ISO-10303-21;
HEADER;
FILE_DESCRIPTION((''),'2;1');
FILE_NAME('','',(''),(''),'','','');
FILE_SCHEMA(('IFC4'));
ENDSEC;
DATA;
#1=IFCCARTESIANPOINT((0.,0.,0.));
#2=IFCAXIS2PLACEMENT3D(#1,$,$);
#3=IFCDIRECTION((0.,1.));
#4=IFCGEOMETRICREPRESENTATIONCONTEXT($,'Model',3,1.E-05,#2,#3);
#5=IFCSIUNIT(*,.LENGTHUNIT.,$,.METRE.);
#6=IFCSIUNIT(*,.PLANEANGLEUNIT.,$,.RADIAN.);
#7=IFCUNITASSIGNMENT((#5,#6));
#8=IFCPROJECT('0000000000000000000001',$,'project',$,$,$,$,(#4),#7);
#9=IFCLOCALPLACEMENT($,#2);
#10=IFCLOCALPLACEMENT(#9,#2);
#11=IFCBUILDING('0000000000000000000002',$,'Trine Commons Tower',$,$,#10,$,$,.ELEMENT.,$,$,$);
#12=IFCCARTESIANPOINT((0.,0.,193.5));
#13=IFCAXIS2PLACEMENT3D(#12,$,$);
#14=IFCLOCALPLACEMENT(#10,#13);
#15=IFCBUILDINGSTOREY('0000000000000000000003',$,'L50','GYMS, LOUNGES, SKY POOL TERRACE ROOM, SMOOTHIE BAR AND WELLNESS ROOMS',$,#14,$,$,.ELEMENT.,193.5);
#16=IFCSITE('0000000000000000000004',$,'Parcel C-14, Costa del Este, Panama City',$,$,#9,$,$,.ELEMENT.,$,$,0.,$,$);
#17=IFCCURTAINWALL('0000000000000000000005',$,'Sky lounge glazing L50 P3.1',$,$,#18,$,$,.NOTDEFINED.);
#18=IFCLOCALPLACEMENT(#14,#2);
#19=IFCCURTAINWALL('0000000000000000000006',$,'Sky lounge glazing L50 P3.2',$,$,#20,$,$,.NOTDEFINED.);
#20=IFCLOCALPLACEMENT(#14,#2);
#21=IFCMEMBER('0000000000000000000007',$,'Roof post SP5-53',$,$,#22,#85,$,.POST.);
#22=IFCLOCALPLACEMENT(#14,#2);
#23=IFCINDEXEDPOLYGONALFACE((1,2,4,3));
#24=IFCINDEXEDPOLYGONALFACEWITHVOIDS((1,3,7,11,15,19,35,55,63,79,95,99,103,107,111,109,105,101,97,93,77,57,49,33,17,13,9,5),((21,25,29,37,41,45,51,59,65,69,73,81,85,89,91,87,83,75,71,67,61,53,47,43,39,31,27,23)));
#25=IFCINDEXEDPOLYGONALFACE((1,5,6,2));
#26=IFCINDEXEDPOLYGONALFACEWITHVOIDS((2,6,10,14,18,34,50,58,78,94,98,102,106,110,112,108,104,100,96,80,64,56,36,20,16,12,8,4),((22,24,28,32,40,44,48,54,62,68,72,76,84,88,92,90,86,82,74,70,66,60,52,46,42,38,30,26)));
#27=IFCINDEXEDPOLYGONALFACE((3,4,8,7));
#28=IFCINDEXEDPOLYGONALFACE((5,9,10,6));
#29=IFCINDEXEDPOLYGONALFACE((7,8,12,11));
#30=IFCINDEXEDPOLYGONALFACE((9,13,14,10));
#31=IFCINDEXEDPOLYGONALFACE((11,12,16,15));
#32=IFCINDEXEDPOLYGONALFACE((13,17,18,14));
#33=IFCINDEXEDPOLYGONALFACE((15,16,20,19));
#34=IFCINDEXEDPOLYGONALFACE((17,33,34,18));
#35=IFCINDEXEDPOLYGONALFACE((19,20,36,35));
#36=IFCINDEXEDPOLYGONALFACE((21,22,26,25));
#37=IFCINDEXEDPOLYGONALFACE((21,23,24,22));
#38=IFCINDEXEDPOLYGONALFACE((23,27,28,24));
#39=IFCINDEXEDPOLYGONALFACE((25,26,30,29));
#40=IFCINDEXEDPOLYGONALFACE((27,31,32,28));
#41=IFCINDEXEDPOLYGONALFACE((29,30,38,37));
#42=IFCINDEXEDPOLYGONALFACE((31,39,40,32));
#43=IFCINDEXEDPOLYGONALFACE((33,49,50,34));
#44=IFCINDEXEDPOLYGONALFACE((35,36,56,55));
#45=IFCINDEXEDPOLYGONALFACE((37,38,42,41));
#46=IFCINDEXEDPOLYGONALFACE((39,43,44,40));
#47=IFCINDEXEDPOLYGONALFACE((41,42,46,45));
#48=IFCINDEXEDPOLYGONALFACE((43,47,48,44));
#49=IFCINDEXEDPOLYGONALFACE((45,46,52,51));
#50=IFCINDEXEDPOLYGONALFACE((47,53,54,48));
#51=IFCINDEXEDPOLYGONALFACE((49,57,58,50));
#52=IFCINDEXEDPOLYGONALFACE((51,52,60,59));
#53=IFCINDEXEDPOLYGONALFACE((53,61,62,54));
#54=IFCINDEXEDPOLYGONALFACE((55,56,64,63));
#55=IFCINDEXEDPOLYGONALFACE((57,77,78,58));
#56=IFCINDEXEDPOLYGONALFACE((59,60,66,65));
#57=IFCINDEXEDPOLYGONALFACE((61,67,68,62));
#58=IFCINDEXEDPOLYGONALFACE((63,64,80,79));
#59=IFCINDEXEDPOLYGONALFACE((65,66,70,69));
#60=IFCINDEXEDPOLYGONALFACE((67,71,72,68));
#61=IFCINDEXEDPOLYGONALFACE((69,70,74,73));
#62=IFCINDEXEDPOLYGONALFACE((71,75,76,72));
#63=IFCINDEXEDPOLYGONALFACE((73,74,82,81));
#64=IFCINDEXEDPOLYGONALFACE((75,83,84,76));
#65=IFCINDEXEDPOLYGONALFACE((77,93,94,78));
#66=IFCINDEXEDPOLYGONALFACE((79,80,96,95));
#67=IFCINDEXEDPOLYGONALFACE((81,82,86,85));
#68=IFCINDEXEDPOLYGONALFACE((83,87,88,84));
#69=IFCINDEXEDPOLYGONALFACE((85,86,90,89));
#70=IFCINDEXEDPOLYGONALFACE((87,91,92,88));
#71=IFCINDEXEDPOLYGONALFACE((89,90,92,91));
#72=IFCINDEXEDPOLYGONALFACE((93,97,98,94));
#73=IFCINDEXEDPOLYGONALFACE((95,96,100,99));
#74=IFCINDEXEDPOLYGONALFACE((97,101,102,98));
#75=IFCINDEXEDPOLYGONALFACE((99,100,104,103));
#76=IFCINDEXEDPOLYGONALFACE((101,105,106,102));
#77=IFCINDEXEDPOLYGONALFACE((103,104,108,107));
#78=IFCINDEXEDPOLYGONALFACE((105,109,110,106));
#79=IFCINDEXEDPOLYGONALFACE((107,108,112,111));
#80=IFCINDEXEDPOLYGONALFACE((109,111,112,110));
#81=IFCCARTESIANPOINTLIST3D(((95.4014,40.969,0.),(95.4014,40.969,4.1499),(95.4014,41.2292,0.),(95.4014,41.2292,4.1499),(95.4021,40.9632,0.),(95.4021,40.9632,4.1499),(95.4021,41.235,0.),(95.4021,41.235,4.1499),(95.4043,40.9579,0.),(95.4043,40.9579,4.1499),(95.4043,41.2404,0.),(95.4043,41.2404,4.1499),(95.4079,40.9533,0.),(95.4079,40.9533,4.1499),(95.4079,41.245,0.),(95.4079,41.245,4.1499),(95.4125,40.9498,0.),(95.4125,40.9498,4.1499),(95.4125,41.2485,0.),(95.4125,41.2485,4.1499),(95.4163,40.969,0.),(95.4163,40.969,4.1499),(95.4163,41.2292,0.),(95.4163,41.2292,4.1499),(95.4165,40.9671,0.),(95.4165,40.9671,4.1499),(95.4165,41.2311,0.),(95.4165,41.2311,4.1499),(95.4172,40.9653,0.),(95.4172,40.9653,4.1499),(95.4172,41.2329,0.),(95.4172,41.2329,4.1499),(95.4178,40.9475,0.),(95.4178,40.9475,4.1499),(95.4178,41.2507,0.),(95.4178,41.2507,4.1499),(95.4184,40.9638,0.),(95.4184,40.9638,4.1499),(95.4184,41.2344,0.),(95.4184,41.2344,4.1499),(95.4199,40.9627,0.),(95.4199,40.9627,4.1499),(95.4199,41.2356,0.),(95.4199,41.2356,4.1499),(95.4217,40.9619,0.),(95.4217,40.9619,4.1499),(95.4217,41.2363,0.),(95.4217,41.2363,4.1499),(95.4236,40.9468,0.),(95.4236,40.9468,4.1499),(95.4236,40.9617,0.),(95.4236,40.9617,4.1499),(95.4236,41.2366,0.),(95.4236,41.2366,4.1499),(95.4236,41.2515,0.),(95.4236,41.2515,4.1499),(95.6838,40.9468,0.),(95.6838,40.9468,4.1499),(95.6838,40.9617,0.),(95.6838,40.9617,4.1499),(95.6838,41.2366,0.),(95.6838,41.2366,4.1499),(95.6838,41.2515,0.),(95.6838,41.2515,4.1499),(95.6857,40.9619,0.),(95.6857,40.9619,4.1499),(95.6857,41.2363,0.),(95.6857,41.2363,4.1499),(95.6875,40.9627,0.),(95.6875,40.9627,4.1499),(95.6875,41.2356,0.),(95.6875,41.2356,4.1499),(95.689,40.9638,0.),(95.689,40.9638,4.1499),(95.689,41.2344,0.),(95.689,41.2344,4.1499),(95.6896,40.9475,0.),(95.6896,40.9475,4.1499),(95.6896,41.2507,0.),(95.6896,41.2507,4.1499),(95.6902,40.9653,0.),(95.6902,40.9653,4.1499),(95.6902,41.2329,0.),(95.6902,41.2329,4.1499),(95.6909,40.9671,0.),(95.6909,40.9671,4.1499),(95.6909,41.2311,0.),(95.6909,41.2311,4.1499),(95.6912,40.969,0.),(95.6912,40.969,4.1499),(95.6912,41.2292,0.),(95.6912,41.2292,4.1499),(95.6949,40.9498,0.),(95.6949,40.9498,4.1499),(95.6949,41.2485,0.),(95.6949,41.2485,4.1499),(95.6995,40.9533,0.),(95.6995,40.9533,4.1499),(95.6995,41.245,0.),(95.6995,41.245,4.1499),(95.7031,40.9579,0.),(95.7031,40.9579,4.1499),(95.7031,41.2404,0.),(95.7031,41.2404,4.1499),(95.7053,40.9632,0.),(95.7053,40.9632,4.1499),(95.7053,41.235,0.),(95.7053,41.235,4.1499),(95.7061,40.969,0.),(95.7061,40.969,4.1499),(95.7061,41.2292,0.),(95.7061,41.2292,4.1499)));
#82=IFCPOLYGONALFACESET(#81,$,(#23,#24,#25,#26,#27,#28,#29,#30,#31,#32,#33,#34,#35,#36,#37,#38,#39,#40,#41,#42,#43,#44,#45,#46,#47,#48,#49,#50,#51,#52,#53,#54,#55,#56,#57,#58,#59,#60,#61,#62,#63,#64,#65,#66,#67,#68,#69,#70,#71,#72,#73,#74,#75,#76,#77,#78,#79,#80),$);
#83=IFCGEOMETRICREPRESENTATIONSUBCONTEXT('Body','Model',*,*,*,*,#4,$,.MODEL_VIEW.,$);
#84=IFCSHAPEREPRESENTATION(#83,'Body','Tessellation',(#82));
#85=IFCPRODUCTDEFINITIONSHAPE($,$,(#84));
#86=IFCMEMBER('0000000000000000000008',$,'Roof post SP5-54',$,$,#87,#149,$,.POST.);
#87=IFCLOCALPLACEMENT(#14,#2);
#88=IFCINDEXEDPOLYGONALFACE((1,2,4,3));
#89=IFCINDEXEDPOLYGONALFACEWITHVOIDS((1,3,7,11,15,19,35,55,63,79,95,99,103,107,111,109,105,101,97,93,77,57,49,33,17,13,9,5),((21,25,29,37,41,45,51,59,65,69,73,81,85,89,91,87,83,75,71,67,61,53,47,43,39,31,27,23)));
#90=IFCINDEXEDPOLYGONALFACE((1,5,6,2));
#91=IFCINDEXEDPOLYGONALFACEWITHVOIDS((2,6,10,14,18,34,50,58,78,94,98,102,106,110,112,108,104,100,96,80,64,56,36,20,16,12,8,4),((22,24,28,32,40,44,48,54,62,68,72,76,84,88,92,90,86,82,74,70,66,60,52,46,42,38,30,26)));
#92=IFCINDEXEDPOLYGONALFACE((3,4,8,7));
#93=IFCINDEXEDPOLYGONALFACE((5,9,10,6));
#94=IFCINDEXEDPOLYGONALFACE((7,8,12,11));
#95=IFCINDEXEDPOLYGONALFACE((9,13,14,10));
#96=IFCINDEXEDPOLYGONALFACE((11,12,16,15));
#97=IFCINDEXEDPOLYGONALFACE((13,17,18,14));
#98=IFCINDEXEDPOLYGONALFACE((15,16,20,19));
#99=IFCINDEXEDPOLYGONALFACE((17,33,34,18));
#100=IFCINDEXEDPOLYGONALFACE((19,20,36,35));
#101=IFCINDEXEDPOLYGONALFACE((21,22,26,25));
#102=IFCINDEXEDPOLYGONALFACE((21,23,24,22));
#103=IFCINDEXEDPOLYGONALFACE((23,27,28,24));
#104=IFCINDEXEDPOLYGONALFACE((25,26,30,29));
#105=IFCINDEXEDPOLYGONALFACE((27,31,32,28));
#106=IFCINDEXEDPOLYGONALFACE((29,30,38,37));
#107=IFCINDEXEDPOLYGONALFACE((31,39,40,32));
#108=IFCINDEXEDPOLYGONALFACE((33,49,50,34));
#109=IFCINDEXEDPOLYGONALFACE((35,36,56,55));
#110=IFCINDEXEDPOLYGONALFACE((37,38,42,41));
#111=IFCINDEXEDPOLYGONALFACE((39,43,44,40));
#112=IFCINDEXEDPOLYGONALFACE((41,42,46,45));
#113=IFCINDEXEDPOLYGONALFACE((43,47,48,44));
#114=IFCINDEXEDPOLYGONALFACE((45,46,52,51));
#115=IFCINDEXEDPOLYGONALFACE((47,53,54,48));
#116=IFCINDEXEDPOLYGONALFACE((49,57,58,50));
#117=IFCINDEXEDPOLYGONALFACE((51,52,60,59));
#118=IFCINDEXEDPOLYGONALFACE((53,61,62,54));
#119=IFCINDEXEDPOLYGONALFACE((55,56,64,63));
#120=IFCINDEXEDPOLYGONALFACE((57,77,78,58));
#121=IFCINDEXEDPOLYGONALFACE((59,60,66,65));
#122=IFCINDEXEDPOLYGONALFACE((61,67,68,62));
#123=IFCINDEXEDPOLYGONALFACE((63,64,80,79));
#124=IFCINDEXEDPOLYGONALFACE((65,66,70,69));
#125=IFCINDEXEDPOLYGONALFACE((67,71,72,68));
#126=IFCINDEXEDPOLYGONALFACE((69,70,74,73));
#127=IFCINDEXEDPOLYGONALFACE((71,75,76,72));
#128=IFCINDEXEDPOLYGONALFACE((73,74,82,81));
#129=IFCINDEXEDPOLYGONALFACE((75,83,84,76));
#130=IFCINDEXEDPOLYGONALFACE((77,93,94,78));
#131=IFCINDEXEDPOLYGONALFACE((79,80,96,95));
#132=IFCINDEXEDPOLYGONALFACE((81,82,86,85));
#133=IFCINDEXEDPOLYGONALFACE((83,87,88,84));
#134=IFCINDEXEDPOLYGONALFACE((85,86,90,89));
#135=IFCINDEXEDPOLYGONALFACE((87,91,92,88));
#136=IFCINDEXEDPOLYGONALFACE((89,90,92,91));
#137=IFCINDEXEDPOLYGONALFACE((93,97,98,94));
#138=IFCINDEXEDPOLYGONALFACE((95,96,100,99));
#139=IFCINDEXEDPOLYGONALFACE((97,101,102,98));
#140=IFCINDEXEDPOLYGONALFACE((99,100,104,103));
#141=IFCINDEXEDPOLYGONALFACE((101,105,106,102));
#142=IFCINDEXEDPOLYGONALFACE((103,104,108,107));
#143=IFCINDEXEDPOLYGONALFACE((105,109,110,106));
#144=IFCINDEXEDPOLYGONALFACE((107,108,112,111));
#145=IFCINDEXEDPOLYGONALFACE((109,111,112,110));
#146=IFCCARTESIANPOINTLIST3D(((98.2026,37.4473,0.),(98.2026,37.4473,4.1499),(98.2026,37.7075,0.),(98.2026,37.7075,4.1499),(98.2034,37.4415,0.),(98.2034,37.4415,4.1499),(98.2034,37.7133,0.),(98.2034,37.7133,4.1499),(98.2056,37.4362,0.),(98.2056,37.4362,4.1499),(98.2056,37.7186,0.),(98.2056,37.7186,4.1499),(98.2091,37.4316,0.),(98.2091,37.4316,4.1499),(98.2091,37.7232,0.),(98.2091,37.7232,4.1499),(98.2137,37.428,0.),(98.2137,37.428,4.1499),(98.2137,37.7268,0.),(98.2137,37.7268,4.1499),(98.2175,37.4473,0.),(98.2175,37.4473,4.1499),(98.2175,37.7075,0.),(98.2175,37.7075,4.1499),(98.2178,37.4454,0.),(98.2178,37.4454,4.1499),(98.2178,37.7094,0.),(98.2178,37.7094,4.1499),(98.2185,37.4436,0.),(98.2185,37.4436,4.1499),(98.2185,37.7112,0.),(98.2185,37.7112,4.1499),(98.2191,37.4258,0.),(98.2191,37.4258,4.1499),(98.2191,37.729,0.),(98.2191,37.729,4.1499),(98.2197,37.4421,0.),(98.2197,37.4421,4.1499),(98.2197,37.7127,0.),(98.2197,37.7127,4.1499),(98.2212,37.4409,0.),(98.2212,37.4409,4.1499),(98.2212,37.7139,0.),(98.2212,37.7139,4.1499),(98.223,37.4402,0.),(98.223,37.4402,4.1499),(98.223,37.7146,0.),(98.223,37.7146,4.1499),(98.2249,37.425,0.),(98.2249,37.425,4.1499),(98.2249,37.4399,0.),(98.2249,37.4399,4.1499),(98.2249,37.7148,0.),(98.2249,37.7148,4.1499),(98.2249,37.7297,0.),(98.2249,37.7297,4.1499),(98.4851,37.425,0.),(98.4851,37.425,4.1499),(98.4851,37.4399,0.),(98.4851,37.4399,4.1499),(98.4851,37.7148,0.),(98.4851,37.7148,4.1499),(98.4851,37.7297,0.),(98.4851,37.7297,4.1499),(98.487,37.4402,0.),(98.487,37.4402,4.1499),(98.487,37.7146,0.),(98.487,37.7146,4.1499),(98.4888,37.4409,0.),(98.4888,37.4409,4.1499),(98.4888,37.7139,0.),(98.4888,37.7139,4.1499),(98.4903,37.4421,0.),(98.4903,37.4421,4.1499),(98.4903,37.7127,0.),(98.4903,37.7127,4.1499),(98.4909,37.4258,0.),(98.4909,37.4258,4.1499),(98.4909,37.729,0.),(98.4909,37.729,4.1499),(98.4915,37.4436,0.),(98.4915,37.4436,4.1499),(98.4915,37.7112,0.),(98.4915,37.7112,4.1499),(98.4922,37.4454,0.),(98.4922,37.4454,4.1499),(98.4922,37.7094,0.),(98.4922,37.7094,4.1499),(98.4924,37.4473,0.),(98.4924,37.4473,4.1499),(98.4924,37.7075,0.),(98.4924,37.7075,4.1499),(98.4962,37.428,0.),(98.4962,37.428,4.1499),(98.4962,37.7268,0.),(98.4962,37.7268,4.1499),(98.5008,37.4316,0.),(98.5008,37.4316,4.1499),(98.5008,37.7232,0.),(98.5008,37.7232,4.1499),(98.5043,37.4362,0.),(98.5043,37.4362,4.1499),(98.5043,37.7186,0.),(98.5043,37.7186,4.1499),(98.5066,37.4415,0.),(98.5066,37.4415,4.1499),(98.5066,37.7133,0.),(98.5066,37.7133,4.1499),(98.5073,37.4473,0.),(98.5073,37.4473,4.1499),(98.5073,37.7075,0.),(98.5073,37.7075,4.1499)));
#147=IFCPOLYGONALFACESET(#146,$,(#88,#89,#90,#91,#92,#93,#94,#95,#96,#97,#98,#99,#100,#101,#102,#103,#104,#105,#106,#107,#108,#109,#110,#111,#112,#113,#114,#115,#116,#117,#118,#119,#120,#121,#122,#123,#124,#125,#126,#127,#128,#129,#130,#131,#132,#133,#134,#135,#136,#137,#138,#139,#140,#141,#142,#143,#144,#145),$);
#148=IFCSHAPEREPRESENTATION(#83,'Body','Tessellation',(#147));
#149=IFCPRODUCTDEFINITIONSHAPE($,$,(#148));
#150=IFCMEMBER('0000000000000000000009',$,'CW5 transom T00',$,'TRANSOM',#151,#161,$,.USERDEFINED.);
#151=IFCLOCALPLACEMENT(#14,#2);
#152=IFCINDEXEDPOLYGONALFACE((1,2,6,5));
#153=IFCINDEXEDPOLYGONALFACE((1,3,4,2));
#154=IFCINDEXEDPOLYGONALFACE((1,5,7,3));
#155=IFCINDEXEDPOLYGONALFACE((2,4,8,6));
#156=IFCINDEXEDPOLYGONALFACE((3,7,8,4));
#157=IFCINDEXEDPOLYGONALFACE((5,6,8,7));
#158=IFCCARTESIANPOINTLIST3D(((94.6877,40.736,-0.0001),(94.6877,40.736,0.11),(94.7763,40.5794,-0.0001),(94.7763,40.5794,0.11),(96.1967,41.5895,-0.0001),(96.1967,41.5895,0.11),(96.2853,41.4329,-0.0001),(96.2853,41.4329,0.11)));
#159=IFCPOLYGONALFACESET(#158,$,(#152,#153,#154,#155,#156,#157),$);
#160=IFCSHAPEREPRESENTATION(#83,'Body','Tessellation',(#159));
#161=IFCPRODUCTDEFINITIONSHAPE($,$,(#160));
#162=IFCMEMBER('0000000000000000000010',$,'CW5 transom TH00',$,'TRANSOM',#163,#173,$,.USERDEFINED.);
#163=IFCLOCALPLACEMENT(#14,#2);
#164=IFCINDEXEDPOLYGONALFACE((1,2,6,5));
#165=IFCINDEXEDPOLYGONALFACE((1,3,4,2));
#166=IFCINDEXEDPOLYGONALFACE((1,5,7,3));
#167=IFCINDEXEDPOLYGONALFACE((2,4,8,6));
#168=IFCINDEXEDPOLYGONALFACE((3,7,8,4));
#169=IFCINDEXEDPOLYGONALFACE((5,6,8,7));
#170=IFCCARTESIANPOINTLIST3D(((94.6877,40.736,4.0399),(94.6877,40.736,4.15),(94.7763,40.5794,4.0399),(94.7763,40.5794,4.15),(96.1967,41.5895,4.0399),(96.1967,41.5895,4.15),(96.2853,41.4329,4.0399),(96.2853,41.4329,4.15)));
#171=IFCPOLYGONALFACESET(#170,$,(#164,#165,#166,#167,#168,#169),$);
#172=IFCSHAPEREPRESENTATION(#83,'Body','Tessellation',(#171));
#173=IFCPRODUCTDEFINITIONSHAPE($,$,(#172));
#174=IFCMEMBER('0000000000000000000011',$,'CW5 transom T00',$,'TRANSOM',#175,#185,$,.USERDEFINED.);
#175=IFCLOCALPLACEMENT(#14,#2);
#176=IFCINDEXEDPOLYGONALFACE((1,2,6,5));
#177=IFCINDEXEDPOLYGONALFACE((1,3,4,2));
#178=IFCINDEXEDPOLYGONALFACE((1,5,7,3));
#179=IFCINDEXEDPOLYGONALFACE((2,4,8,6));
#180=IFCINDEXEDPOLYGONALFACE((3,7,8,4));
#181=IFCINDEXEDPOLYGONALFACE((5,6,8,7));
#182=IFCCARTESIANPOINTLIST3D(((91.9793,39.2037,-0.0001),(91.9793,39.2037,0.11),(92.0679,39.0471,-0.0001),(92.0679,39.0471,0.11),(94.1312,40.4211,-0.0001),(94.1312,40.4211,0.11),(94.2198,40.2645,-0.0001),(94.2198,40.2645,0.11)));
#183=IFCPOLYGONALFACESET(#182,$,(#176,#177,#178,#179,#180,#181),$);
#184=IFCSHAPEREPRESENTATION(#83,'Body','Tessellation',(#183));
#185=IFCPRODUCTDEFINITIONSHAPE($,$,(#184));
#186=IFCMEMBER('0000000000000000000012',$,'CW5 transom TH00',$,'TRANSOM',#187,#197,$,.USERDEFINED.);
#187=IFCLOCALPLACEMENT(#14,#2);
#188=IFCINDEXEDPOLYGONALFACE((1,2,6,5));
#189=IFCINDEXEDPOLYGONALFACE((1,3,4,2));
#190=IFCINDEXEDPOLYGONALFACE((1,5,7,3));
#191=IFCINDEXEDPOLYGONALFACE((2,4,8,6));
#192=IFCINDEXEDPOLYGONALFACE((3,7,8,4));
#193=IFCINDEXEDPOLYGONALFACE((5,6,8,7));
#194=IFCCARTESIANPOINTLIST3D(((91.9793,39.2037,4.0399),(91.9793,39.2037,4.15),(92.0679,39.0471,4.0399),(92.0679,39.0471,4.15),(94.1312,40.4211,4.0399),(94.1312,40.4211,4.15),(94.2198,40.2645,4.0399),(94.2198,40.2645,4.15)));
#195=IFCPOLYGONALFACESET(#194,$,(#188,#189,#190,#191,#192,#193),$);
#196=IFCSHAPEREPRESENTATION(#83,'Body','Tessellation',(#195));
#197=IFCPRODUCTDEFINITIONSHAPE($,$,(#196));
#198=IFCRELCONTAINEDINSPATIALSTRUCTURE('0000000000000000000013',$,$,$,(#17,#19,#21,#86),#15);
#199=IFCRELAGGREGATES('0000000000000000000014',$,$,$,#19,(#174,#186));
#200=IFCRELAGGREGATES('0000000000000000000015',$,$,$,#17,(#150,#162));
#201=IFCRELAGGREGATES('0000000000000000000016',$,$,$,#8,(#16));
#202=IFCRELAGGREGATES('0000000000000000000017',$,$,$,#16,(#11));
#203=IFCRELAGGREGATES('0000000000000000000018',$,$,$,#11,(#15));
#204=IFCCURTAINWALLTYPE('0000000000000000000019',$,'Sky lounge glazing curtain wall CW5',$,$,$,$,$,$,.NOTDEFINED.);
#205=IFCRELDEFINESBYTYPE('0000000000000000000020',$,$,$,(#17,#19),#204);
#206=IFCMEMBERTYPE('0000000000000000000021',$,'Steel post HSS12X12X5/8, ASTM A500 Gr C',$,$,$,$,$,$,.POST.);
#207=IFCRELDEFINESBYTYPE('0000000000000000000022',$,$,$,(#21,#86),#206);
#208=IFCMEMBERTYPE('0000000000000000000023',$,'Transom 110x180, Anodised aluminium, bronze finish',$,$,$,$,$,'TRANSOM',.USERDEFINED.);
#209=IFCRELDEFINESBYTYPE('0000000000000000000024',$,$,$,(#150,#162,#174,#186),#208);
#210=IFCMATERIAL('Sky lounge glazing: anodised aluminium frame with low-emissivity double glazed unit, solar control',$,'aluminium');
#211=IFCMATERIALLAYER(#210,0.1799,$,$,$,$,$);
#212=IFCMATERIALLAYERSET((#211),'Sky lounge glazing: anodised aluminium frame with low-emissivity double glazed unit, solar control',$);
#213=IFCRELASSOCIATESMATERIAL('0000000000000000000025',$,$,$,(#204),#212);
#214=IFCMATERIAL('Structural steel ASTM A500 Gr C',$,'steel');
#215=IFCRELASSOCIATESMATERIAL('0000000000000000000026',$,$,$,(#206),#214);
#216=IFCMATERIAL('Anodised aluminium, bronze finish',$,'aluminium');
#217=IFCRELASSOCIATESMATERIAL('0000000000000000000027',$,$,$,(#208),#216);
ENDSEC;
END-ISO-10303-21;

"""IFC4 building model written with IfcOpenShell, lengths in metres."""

from ifc_helpers import new_model, si_unit, direction, frame, origin, origin_2d, place, context, subcontext, project, spatial, rectangle, hollow_rectangle, extrude, material, layer, layer_set, material_profile, profile_set, type_object, element, aggregate, save


model = new_model("IFC4")

# Units and contexts
model_context = context("Model", 3, precision=1e-05, world=origin(), true_north=direction((0.0, 1.0)))
body_context = subcontext(model_context, "Body", "Model", "MODEL_VIEW")
ifc_project = project(units=[si_unit("LENGTHUNIT", "METRE"), si_unit("PLANEANGLEUNIT", "RADIAN")], contexts=[model_context])

# Site, building, storey
site_placement = place(None, origin())
site = spatial("IfcSite", under=ifc_project, at=site_placement, Name="Parcel C-14, Costa del Este, Panama City", CompositionType="ELEMENT", RefElevation=0.0)
building_placement = place(site_placement, origin())
building = spatial("IfcBuilding", under=site, at=building_placement, Name="Trine Commons Tower", CompositionType="ELEMENT")
storey_placement = place(building_placement, frame((0.0, 0.0, 193.5)))
storey = spatial("IfcBuildingStorey", under=building, at=storey_placement, Name="L50", Description="GYMS, LOUNGES, SKY POOL TERRACE ROOM, SMOOTHIE BAR AND WELLNESS ROOMS", CompositionType="ELEMENT", Elevation=193.5)

# Shared definitions
ifc_material_1 = material(Name="Sky lounge glazing: anodised aluminium frame with low-emissivity double glazed unit, solar control", Category="aluminium")
ifc_layer_1 = layer(ifc_material_1, 0.1799)
ifc_layer_set_1 = layer_set([ifc_layer_1], Name="Sky lounge glazing: anodised aluminium frame with low-emissivity double glazed unit, solar control")
curtain_wall_type = type_object("IfcCurtainWallType", Name="Sky lounge glazing curtain wall CW5", PredefinedType="NOTDEFINED", material=ifc_layer_set_1)
ifc_material_2 = material(Name="Anodised aluminium, bronze finish", Category="aluminium")

# Curtain wall
curtain_wall_1_placement = place(storey_placement, origin())
curtain_wall_1 = element("IfcCurtainWall", 1, at=curtain_wall_1_placement, inside=storey, type_object=curtain_wall_type, Name="Sky lounge glazing L50 P3.1", PredefinedType="NOTDEFINED")

# Curtain wall
curtain_wall_2_placement = place(storey_placement, origin())
curtain_wall_2 = element("IfcCurtainWall", 2, at=curtain_wall_2_placement, inside=storey, type_object=curtain_wall_type, Name="Sky lounge glazing L50 P3.2", PredefinedType="NOTDEFINED")

# Members
ifc_material_3 = material(Name="Structural steel ASTM A500 Gr C", Category="steel")
ifc_material_profile_1 = material_profile(ifc_material_3, hollow_rectangle(XDim=0.3047, YDim=0.3047, WallThickness=0.0149, InnerFilletRadius=0.0073, OuterFilletRadius=0.0222, at=origin_2d()), Name="HSS12X12X5/8")
ifc_profile_set_1 = profile_set([ifc_material_profile_1], Name="Structural steel ASTM A500 Gr C")
member_type_1 = type_object("IfcMemberType", Name="Steel post HSS12X12X5/8, ASTM A500 Gr C", PredefinedType="POST", material=ifc_profile_set_1)
for number, where, z_axis, x_axis, name in (
    (3, (95.5537, 41.0991, 0.0), (0.0, 0.0, 1.0), (1.0, 0.0, 0.0), "Roof post SP5-53"),
    (4, (98.355, 37.5774, 0.0), (0.0, 0.0, 1.0), (1.0, 0.0, 0.0), "Roof post SP5-54"),
):
    element("IfcMember", number, at=place(storey_placement, frame(where, z_axis=z_axis, x_axis=x_axis)), inside=storey, type_object=member_type_1, Name=name, PredefinedType="POST", context=body_context, shape_type="SweptSolid", body=[
        extrude(hollow_rectangle(XDim=0.3047, YDim=0.3047, WallThickness=0.0149, InnerFilletRadius=0.0073, OuterFilletRadius=0.0222, at=origin_2d()), origin(), (0.0, 0.0, 1.0), 4.1499),
    ])

# Members
ifc_material_profile_2 = material_profile(ifc_material_2, rectangle(XDim=0.1799, YDim=0.1101, at=origin_2d()), Name="Transom 110x180")
ifc_profile_set_2 = profile_set([ifc_material_profile_2], Name="Anodised aluminium, bronze finish")
member_type_2 = type_object("IfcMemberType", Name="Transom 110x180, Anodised aluminium, bronze finish", ElementType="TRANSOM", PredefinedType="USERDEFINED", material=ifc_profile_set_2)
member_1_placement = place(storey_placement, frame((96.241, 41.5112, 0.0549), z_axis=(-0.870419, -0.492312, 0.0), x_axis=(0.492312, -0.870419, 0.0)))
member_1 = element("IfcMember", 5, at=member_1_placement, type_object=member_type_2, Name="CW5 transom T00", ObjectType="TRANSOM", PredefinedType="USERDEFINED", context=body_context, shape_type="SweptSolid", body=[
    extrude(rectangle(XDim=0.1799, YDim=0.1101, at=origin_2d()), origin(), (0.0, 0.0, 1.0), 1.7336),
])
member_2_placement = place(storey_placement, frame((96.241, 41.5112, 4.095), z_axis=(-0.870419, -0.492312, 0.0), x_axis=(0.492312, -0.870419, 0.0)))
member_2 = element("IfcMember", 6, at=member_2_placement, type_object=member_type_2, Name="CW5 transom TH00", ObjectType="TRANSOM", PredefinedType="USERDEFINED", context=body_context, shape_type="SweptSolid", body=[
    extrude(rectangle(XDim=0.1799, YDim=0.1101, at=origin_2d()), origin(), (0.0, 0.0, 1.0), 1.7336),
])
member_3_placement = place(storey_placement, frame((94.1755, 40.3428, 0.0549), z_axis=(-0.870386, -0.49237, 0.0), x_axis=(0.49237, -0.870386, 0.0)))
member_3 = element("IfcMember", 7, at=member_3_placement, type_object=member_type_2, Name="CW5 transom T00", ObjectType="TRANSOM", PredefinedType="USERDEFINED", context=body_context, shape_type="SweptSolid", body=[
    extrude(rectangle(XDim=0.1799, YDim=0.1101, at=origin_2d()), origin(), (0.0, 0.0, 1.0), 2.4724),
])
member_4_placement = place(storey_placement, frame((94.1755, 40.3428, 4.095), z_axis=(-0.870386, -0.49237, 0.0), x_axis=(0.49237, -0.870386, 0.0)))
member_4 = element("IfcMember", 8, at=member_4_placement, type_object=member_type_2, Name="CW5 transom TH00", ObjectType="TRANSOM", PredefinedType="USERDEFINED", context=body_context, shape_type="SweptSolid", body=[
    extrude(rectangle(XDim=0.1799, YDim=0.1101, at=origin_2d()), origin(), (0.0, 0.0, 1.0), 2.4724),
])
aggregate(curtain_wall_2, [member_3, member_4])

aggregate(curtain_wall_1, [member_1, member_2])

save(model, "model.ifc")
